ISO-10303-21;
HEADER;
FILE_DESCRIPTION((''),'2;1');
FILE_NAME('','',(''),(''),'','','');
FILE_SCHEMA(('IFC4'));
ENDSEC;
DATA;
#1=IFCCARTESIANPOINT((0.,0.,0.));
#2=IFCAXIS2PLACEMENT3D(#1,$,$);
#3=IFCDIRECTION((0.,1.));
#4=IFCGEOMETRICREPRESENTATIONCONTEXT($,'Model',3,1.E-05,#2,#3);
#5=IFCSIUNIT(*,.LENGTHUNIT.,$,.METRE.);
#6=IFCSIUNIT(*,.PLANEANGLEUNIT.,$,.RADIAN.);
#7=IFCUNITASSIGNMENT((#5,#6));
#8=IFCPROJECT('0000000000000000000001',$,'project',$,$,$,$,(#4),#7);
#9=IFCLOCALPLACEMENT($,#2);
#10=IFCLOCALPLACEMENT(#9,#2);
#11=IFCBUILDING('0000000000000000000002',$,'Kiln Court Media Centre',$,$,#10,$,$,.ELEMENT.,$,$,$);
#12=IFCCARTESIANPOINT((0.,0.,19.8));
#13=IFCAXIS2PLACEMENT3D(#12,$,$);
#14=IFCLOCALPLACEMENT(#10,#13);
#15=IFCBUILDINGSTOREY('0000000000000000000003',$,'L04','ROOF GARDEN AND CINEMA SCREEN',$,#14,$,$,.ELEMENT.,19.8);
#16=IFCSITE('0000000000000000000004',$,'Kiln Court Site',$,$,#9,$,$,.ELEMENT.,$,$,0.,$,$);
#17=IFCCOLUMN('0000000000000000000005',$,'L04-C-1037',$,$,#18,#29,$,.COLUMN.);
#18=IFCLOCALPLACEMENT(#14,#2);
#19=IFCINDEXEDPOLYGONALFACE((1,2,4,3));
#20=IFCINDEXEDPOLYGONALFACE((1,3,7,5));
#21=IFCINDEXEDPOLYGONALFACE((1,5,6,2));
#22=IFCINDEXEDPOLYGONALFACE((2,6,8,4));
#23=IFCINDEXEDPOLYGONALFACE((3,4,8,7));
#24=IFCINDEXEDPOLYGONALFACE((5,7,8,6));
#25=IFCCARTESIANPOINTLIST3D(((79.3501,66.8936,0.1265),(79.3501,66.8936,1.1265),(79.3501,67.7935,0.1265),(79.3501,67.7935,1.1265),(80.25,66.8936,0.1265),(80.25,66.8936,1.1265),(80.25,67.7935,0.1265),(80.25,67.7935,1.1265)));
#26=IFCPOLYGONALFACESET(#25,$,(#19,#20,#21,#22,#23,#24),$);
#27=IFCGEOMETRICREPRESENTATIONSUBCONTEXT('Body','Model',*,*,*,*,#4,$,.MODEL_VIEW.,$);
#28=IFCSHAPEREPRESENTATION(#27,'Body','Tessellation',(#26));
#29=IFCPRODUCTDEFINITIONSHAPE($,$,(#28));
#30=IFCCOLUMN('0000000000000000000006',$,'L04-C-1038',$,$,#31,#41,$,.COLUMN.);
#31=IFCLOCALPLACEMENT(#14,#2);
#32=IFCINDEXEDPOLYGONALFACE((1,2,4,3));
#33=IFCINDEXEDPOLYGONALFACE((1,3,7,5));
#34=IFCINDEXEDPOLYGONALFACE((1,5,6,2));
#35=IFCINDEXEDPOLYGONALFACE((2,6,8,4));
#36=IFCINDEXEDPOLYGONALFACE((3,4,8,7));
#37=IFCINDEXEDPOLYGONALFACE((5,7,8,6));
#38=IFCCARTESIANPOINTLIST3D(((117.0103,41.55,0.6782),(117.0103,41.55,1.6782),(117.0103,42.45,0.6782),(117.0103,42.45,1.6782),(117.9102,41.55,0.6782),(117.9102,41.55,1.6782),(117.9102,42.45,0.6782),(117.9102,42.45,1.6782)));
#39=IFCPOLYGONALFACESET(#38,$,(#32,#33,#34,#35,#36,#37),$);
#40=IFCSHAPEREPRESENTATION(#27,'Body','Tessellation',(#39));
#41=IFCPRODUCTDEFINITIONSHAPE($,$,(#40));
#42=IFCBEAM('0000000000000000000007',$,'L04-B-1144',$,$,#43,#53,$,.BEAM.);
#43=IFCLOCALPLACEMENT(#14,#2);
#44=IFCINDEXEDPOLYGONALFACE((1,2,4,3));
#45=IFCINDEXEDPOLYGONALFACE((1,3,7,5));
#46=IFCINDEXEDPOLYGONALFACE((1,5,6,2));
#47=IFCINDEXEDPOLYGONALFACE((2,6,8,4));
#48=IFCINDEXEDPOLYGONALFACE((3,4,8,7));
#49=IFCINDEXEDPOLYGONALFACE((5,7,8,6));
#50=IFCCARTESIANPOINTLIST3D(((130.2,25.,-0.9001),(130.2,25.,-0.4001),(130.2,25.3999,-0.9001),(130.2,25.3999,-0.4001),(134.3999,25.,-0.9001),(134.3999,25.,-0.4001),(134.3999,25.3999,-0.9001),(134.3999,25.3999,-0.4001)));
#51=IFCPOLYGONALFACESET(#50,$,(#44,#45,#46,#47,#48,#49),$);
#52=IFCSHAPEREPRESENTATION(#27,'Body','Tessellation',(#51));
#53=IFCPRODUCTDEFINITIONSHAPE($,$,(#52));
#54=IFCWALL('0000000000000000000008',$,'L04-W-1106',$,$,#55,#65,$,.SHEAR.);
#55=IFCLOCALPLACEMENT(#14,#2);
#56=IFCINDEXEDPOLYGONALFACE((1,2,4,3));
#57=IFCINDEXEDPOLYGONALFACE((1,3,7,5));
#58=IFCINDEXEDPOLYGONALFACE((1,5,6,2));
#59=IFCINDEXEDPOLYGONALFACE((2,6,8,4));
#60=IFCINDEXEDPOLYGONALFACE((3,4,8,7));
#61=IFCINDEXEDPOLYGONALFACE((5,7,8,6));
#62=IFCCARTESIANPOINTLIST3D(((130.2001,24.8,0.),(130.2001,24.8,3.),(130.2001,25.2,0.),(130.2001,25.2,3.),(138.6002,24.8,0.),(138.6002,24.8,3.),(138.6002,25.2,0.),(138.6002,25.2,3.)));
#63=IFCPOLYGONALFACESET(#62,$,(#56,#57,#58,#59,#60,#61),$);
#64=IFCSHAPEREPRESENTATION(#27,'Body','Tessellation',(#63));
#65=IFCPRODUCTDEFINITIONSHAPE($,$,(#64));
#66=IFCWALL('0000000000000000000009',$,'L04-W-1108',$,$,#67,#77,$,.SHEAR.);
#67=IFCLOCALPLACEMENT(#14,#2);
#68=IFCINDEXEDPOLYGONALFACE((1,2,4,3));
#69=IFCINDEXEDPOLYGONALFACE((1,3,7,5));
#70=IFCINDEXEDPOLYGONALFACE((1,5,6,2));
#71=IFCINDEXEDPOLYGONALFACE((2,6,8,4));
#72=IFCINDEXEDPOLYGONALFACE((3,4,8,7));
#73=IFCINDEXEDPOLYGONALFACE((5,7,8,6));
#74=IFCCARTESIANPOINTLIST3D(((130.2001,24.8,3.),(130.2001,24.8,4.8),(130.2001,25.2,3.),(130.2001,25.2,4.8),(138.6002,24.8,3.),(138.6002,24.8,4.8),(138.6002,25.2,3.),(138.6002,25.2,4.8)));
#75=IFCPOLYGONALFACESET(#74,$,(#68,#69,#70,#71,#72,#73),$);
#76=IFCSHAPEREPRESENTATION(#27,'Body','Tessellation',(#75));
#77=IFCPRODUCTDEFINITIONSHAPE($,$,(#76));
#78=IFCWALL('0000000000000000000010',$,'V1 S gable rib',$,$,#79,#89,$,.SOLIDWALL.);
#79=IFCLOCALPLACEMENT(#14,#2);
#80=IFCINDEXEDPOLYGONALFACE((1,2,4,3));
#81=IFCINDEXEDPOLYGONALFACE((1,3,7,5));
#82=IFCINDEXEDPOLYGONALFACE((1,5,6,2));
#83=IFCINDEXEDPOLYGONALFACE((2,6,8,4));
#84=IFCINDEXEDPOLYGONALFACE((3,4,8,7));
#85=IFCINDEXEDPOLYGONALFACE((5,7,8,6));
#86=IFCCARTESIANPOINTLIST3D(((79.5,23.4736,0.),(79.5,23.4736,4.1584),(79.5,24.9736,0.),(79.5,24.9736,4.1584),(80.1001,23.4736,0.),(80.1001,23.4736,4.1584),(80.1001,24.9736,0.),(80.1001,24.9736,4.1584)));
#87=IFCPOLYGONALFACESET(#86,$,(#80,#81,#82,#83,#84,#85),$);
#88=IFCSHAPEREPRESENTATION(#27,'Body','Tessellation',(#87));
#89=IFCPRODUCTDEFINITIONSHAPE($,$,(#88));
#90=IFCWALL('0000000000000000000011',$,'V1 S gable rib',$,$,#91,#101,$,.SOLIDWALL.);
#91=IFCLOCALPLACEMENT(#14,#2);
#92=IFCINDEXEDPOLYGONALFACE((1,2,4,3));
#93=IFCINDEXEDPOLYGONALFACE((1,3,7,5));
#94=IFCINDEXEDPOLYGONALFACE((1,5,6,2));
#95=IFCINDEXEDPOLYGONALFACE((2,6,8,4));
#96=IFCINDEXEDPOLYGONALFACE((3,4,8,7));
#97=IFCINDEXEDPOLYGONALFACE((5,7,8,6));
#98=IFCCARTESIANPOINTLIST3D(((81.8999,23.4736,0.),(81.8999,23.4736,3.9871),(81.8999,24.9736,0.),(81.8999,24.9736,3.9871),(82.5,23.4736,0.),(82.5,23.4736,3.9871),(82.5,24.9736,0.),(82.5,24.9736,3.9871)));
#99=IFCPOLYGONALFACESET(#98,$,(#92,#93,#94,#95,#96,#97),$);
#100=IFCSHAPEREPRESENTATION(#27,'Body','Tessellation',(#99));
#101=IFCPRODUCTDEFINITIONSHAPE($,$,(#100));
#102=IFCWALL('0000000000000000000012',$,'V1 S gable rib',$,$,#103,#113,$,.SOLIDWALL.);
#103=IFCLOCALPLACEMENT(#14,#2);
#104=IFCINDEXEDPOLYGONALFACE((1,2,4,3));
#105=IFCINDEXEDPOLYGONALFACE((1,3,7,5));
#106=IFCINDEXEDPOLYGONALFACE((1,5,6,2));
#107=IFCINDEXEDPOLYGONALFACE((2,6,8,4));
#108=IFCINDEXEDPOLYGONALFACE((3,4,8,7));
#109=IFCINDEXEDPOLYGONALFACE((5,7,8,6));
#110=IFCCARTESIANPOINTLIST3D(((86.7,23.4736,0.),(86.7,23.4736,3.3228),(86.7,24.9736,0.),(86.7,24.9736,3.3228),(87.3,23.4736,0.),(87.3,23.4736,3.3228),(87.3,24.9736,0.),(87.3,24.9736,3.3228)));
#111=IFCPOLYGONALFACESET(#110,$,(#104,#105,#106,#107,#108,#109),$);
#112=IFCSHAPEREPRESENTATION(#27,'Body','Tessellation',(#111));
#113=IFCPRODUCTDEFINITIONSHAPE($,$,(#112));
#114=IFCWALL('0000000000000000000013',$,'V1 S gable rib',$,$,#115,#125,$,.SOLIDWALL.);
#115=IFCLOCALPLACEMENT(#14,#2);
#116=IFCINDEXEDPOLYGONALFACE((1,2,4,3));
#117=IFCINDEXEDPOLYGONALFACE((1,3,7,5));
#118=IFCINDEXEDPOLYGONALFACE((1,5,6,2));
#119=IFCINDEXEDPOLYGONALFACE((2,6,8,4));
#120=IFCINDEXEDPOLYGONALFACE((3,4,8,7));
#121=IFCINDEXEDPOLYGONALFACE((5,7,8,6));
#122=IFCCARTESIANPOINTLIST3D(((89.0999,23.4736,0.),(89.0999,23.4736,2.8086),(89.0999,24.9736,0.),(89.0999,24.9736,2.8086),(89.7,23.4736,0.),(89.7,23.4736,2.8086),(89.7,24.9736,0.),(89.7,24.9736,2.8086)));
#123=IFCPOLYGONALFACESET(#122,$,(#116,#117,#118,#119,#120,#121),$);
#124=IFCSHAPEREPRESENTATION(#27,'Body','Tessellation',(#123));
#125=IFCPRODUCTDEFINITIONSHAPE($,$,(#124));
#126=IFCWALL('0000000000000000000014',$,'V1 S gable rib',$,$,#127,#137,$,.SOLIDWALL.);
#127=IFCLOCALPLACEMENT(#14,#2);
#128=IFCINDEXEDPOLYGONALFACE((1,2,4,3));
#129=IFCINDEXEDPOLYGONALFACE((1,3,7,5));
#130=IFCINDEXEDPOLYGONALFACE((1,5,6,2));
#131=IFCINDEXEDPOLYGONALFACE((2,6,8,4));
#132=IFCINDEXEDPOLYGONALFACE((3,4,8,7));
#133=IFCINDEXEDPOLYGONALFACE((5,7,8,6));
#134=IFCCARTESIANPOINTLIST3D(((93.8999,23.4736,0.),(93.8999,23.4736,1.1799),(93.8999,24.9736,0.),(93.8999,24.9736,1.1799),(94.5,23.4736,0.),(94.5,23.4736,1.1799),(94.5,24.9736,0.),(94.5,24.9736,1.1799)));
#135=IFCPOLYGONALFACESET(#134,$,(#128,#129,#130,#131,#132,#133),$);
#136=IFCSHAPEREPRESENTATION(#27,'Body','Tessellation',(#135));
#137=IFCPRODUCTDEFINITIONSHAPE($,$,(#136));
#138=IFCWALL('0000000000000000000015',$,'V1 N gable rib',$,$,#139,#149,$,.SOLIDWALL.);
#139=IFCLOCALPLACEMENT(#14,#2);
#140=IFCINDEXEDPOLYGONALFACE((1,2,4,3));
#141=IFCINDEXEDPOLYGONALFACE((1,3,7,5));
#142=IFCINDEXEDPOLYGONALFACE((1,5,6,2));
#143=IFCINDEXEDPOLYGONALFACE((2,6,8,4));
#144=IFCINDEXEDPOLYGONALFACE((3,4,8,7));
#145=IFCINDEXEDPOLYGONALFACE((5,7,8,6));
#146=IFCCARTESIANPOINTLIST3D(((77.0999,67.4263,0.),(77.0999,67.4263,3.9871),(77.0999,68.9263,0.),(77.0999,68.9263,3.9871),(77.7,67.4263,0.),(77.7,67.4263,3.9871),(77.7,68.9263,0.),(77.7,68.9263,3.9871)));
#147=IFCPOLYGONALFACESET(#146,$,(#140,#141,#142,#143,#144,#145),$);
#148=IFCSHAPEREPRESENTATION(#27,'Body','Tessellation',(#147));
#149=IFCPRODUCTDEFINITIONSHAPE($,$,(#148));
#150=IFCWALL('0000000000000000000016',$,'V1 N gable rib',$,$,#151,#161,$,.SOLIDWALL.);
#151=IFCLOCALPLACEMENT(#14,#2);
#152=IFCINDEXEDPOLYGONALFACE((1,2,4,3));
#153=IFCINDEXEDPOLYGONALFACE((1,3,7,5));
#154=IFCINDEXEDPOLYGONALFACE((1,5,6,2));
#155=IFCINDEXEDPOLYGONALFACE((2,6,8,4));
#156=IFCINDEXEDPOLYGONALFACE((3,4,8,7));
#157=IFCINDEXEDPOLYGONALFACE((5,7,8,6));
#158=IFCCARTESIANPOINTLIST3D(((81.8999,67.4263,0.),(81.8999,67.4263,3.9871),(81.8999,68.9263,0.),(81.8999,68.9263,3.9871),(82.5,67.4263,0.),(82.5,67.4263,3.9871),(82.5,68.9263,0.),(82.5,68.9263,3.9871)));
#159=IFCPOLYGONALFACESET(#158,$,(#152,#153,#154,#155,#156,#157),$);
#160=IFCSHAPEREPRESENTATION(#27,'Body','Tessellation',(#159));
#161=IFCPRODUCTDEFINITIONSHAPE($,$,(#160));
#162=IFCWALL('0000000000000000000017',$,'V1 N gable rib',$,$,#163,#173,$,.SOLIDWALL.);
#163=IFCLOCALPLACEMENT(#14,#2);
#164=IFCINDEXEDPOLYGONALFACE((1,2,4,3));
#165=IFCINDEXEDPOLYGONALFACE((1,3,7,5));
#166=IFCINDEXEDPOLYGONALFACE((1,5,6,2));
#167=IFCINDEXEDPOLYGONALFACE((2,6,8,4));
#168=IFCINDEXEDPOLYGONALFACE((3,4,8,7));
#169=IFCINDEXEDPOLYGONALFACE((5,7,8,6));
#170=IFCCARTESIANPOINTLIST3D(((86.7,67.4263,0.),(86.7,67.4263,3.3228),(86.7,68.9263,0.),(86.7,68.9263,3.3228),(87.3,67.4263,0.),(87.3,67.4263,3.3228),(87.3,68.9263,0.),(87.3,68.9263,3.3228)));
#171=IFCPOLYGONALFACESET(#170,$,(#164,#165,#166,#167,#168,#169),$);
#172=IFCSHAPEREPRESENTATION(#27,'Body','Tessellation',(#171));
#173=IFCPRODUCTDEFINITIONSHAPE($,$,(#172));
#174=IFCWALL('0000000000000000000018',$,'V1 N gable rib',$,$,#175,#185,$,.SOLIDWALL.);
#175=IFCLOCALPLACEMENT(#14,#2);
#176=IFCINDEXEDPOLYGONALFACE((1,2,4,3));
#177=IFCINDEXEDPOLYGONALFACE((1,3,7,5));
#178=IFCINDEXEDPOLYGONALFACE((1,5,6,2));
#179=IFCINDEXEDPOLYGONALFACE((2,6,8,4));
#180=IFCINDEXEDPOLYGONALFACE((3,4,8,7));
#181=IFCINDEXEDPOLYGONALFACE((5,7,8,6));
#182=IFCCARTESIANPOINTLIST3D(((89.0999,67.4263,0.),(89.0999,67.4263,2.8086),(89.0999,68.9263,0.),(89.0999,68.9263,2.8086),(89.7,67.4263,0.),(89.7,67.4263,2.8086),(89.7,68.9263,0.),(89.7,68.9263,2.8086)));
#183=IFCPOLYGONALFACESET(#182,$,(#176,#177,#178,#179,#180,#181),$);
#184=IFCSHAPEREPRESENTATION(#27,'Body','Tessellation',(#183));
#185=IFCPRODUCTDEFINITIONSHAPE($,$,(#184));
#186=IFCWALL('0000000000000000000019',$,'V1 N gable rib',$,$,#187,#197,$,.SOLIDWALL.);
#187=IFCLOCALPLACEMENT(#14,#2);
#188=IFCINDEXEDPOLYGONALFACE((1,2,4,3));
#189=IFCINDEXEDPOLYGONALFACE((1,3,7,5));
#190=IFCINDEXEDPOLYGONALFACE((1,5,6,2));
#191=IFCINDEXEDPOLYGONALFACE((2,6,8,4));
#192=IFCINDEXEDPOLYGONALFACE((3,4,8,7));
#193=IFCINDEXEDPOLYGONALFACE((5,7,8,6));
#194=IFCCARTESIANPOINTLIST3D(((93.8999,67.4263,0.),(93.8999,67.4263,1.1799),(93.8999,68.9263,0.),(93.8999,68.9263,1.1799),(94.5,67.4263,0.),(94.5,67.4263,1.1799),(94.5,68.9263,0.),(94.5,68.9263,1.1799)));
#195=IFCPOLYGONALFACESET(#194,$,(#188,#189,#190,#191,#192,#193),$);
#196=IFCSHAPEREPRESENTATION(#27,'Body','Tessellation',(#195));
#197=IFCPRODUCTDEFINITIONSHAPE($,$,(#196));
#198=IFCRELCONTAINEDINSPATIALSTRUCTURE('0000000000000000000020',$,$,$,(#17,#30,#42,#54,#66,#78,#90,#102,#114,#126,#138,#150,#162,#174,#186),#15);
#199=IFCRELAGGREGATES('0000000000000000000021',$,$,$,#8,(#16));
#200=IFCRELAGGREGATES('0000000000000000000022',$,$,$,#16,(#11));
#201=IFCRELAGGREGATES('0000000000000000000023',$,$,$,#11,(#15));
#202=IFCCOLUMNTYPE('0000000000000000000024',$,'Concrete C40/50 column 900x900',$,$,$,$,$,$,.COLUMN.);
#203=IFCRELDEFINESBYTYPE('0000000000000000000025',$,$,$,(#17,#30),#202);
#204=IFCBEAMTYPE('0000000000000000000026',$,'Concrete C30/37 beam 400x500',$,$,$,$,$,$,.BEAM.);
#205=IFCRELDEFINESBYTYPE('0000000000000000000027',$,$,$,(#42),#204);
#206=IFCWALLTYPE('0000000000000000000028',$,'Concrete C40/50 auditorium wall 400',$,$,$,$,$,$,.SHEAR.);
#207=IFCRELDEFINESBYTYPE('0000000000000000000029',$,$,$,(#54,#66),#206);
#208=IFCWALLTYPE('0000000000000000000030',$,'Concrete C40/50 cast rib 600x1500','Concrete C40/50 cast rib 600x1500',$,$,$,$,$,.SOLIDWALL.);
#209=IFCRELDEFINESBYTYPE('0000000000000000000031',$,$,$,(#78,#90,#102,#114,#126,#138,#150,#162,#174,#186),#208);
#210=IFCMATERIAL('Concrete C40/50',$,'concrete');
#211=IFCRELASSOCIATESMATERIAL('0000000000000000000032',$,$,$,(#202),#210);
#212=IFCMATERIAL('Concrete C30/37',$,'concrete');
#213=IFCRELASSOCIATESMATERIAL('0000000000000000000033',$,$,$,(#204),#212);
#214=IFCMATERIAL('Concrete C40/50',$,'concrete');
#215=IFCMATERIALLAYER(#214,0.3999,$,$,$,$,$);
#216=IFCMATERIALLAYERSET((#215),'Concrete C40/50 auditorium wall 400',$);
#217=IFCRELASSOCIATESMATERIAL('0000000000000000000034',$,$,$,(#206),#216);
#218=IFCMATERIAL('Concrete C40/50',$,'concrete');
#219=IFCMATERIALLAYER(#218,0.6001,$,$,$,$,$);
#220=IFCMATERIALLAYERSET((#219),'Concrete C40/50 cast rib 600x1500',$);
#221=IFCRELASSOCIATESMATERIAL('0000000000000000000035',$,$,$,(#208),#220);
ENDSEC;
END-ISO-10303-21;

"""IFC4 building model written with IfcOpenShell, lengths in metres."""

from ifc_helpers import new_model, si_unit, direction, frame, frame_2d, origin, origin_2d, place, context, subcontext, project, spatial, rectangle, extrude, material, layer, layer_set, material_profile, profile_set, type_object, element, save


model = new_model("IFC4")

# Units and contexts
model_context = context("Model", 3, precision=1e-05, world=origin(), true_north=direction((0.0, 1.0)))
body_context = subcontext(model_context, "Body", "Model", "MODEL_VIEW")
ifc_project = project(units=[si_unit("LENGTHUNIT", "METRE"), si_unit("PLANEANGLEUNIT", "RADIAN")], contexts=[model_context])

# Site, building, storey
site_placement = place(None, origin())
site = spatial("IfcSite", under=ifc_project, at=site_placement, Name="Kiln Court Site", CompositionType="ELEMENT", RefElevation=0.0)
building_placement = place(site_placement, origin())
building = spatial("IfcBuilding", under=site, at=building_placement, Name="Kiln Court Media Centre", CompositionType="ELEMENT")
storey_placement = place(building_placement, frame((0.0, 0.0, 19.8)))
storey = spatial("IfcBuildingStorey", under=building, at=storey_placement, Name="L04", Description="ROOF GARDEN AND CINEMA SCREEN", CompositionType="ELEMENT", Elevation=19.8)

# Columns
ifc_material_1 = material(Name="Concrete C40/50", Category="concrete")
ifc_material_profile_1 = material_profile(ifc_material_1, rectangle(XDim=0.8999, YDim=0.8999, at=origin_2d()), Name="RC 900x900")
ifc_profile_set_1 = profile_set([ifc_material_profile_1], Name="Concrete C40/50")
column_type = type_object("IfcColumnType", Name="Concrete C40/50 column 900x900", PredefinedType="COLUMN", material=ifc_profile_set_1)
for number, where, z_axis, x_axis, name in (
    (1, (79.8, 67.3435, 0.1265), (0.0, 0.0, 1.0), (1.0, 0.0, 0.0), "L04-C-1037"),
    (2, (117.4602, 42.0, 0.6782), (0.0, 0.0, 1.0), (1.0, 0.0, 0.0), "L04-C-1038"),
):
    element("IfcColumn", number, at=place(storey_placement, frame(where, z_axis=z_axis, x_axis=x_axis)), inside=storey, type_object=column_type, Name=name, PredefinedType="COLUMN", context=body_context, shape_type="SweptSolid", body=[
        extrude(rectangle(XDim=0.8999, YDim=0.8999, at=origin_2d()), origin(), (0.0, 0.0, 1.0), 1.0),
    ])

# Beam
ifc_material_2 = material(Name="Concrete C30/37", Category="concrete")
ifc_material_profile_2 = material_profile(ifc_material_2, rectangle(XDim=0.3999, YDim=0.5, at=origin_2d()), Name="RC 400x500")
ifc_profile_set_2 = profile_set([ifc_material_profile_2], Name="Concrete C30/37")
beam_type = type_object("IfcBeamType", Name="Concrete C30/37 beam 400x500", PredefinedType="BEAM", material=ifc_profile_set_2)
beam_placement = place(storey_placement, frame((130.2, 25.2, -0.6501), z_axis=(1.0, 0.0, 0.0), x_axis=(0.0, 1.0, 0.0)))
element("IfcBeam", 3, at=beam_placement, inside=storey, type_object=beam_type, Name="L04-B-1144", PredefinedType="BEAM", context=body_context, shape_type="SweptSolid", body=[
    extrude(rectangle(XDim=0.3999, YDim=0.5, at=origin_2d()), origin(), (0.0, 0.0, 1.0), 4.2),
])

# Walls
ifc_material_3 = material(Name="Concrete C40/50", Category="concrete")
ifc_layer_1 = layer(ifc_material_3, 0.3999)
ifc_layer_set_1 = layer_set([ifc_layer_1], Name="Concrete C40/50 auditorium wall 400")
wall_type_1 = type_object("IfcWallType", Name="Concrete C40/50 auditorium wall 400", PredefinedType="SHEAR", material=ifc_layer_set_1)
wall_1_placement = place(storey_placement, frame((130.2, 25.0, 0.0), z_axis=(0.0, 0.0, 1.0), x_axis=(1.0, 0.0, 0.0)))
element("IfcWall", 4, at=wall_1_placement, inside=storey, type_object=wall_type_1, Name="L04-W-1106", PredefinedType="SHEAR", context=body_context, shape_type="SweptSolid", body=[
    extrude(rectangle(XDim=8.4001, YDim=0.3999, at=frame_2d((4.2002, 0.0))), origin(), (0.0, 0.0, 1.0), 3.0),
])
wall_2_placement = place(storey_placement, frame((130.2, 25.0, 3.0), z_axis=(0.0, 0.0, 1.0), x_axis=(1.0, 0.0, 0.0)))
element("IfcWall", 5, at=wall_2_placement, inside=storey, type_object=wall_type_1, Name="L04-W-1108", PredefinedType="SHEAR", context=body_context, shape_type="SweptSolid", body=[
    extrude(rectangle(XDim=8.4001, YDim=0.3999, at=frame_2d((4.2002, 0.0))), origin(), (0.0, 0.0, 1.0), 1.8),
])
ifc_material_4 = material(Name="Concrete C40/50", Category="concrete")
ifc_layer_2 = layer(ifc_material_4, 0.6001)
ifc_layer_set_2 = layer_set([ifc_layer_2], Name="Concrete C40/50 cast rib 600x1500")
wall_type_2 = type_object("IfcWallType", Name="Concrete C40/50 cast rib 600x1500", Description="Concrete C40/50 cast rib 600x1500", PredefinedType="SOLIDWALL", material=ifc_layer_set_2)
wall_3_placement = place(storey_placement, frame((79.8, 24.9736, 0.0), z_axis=(0.0, 0.0, 1.0), x_axis=(0.0, -1.0, 0.0)))
element("IfcWall", 6, at=wall_3_placement, inside=storey, type_object=wall_type_2, Name="V1 S gable rib", PredefinedType="SOLIDWALL", context=body_context, shape_type="SweptSolid", body=[
    extrude(rectangle(XDim=1.5, YDim=0.6001, at=frame_2d((0.75, 0.0))), origin(), (0.0, 0.0, 1.0), 4.1584),
])
wall_4_placement = place(storey_placement, frame((82.2, 24.9736, 0.0), z_axis=(0.0, 0.0, 1.0), x_axis=(0.0, -1.0, 0.0)))
element("IfcWall", 7, at=wall_4_placement, inside=storey, type_object=wall_type_2, Name="V1 S gable rib", PredefinedType="SOLIDWALL", context=body_context, shape_type="SweptSolid", body=[
    extrude(rectangle(XDim=1.5, YDim=0.6001, at=frame_2d((0.75, 0.0))), origin(), (0.0, 0.0, 1.0), 3.9871),
])
wall_5_placement = place(storey_placement, frame((87.0, 24.9736, 0.0), z_axis=(0.0, 0.0, 1.0), x_axis=(0.0, -1.0, 0.0)))
element("IfcWall", 8, at=wall_5_placement, inside=storey, type_object=wall_type_2, Name="V1 S gable rib", PredefinedType="SOLIDWALL", context=body_context, shape_type="SweptSolid", body=[
    extrude(rectangle(XDim=1.5, YDim=0.6001, at=frame_2d((0.75, 0.0))), origin(), (0.0, 0.0, 1.0), 3.3228),
])
wall_6_placement = place(storey_placement, frame((89.3999, 24.9736, 0.0), z_axis=(0.0, 0.0, 1.0), x_axis=(0.0, -1.0, 0.0)))
element("IfcWall", 9, at=wall_6_placement, inside=storey, type_object=wall_type_2, Name="V1 S gable rib", PredefinedType="SOLIDWALL", context=body_context, shape_type="SweptSolid", body=[
    extrude(rectangle(XDim=1.5, YDim=0.6001, at=frame_2d((0.75, 0.0))), origin(), (0.0, 0.0, 1.0), 2.8086),
])
wall_7_placement = place(storey_placement, frame((94.2, 24.9736, 0.0), z_axis=(0.0, 0.0, 1.0), x_axis=(0.0, -1.0, 0.0)))
element("IfcWall", 10, at=wall_7_placement, inside=storey, type_object=wall_type_2, Name="V1 S gable rib", PredefinedType="SOLIDWALL", context=body_context, shape_type="SweptSolid", body=[
    extrude(rectangle(XDim=1.5, YDim=0.6001, at=frame_2d((0.75, 0.0))), origin(), (0.0, 0.0, 1.0), 1.1799),
])
for number, where, z_axis, x_axis, name in (
    (11, (77.3999, 67.4263, 0.0), (0.0, 0.0, 1.0), (0.0, 1.0, 0.0), "V1 N gable rib"),
    (12, (82.2, 67.4263, 0.0), (0.0, 0.0, 1.0), (0.0, 1.0, 0.0), "V1 N gable rib"),
):
    element("IfcWall", number, at=place(storey_placement, frame(where, z_axis=z_axis, x_axis=x_axis)), inside=storey, type_object=wall_type_2, Name=name, PredefinedType="SOLIDWALL", context=body_context, shape_type="SweptSolid", body=[
        extrude(rectangle(XDim=1.5, YDim=0.6001, at=frame_2d((0.75, 0.0))), origin(), (0.0, 0.0, 1.0), 3.9871),
    ])
wall_8_placement = place(storey_placement, frame((87.0, 67.4263, 0.0), z_axis=(0.0, 0.0, 1.0), x_axis=(0.0, 1.0, 0.0)))
element("IfcWall", 13, at=wall_8_placement, inside=storey, type_object=wall_type_2, Name="V1 N gable rib", PredefinedType="SOLIDWALL", context=body_context, shape_type="SweptSolid", body=[
    extrude(rectangle(XDim=1.5, YDim=0.6001, at=frame_2d((0.75, 0.0))), origin(), (0.0, 0.0, 1.0), 3.3228),
])
wall_9_placement = place(storey_placement, frame((89.3999, 67.4263, 0.0), z_axis=(0.0, 0.0, 1.0), x_axis=(0.0, 1.0, 0.0)))
element("IfcWall", 14, at=wall_9_placement, inside=storey, type_object=wall_type_2, Name="V1 N gable rib", PredefinedType="SOLIDWALL", context=body_context, shape_type="SweptSolid", body=[
    extrude(rectangle(XDim=1.5, YDim=0.6001, at=frame_2d((0.75, 0.0))), origin(), (0.0, 0.0, 1.0), 2.8086),
])
wall_10_placement = place(storey_placement, frame((94.2, 67.4263, 0.0), z_axis=(0.0, 0.0, 1.0), x_axis=(0.0, 1.0, 0.0)))
element("IfcWall", 15, at=wall_10_placement, inside=storey, type_object=wall_type_2, Name="V1 N gable rib", PredefinedType="SOLIDWALL", context=body_context, shape_type="SweptSolid", body=[
    extrude(rectangle(XDim=1.5, YDim=0.6001, at=frame_2d((0.75, 0.0))), origin(), (0.0, 0.0, 1.0), 1.1799),
])

save(model, "model.ifc")
